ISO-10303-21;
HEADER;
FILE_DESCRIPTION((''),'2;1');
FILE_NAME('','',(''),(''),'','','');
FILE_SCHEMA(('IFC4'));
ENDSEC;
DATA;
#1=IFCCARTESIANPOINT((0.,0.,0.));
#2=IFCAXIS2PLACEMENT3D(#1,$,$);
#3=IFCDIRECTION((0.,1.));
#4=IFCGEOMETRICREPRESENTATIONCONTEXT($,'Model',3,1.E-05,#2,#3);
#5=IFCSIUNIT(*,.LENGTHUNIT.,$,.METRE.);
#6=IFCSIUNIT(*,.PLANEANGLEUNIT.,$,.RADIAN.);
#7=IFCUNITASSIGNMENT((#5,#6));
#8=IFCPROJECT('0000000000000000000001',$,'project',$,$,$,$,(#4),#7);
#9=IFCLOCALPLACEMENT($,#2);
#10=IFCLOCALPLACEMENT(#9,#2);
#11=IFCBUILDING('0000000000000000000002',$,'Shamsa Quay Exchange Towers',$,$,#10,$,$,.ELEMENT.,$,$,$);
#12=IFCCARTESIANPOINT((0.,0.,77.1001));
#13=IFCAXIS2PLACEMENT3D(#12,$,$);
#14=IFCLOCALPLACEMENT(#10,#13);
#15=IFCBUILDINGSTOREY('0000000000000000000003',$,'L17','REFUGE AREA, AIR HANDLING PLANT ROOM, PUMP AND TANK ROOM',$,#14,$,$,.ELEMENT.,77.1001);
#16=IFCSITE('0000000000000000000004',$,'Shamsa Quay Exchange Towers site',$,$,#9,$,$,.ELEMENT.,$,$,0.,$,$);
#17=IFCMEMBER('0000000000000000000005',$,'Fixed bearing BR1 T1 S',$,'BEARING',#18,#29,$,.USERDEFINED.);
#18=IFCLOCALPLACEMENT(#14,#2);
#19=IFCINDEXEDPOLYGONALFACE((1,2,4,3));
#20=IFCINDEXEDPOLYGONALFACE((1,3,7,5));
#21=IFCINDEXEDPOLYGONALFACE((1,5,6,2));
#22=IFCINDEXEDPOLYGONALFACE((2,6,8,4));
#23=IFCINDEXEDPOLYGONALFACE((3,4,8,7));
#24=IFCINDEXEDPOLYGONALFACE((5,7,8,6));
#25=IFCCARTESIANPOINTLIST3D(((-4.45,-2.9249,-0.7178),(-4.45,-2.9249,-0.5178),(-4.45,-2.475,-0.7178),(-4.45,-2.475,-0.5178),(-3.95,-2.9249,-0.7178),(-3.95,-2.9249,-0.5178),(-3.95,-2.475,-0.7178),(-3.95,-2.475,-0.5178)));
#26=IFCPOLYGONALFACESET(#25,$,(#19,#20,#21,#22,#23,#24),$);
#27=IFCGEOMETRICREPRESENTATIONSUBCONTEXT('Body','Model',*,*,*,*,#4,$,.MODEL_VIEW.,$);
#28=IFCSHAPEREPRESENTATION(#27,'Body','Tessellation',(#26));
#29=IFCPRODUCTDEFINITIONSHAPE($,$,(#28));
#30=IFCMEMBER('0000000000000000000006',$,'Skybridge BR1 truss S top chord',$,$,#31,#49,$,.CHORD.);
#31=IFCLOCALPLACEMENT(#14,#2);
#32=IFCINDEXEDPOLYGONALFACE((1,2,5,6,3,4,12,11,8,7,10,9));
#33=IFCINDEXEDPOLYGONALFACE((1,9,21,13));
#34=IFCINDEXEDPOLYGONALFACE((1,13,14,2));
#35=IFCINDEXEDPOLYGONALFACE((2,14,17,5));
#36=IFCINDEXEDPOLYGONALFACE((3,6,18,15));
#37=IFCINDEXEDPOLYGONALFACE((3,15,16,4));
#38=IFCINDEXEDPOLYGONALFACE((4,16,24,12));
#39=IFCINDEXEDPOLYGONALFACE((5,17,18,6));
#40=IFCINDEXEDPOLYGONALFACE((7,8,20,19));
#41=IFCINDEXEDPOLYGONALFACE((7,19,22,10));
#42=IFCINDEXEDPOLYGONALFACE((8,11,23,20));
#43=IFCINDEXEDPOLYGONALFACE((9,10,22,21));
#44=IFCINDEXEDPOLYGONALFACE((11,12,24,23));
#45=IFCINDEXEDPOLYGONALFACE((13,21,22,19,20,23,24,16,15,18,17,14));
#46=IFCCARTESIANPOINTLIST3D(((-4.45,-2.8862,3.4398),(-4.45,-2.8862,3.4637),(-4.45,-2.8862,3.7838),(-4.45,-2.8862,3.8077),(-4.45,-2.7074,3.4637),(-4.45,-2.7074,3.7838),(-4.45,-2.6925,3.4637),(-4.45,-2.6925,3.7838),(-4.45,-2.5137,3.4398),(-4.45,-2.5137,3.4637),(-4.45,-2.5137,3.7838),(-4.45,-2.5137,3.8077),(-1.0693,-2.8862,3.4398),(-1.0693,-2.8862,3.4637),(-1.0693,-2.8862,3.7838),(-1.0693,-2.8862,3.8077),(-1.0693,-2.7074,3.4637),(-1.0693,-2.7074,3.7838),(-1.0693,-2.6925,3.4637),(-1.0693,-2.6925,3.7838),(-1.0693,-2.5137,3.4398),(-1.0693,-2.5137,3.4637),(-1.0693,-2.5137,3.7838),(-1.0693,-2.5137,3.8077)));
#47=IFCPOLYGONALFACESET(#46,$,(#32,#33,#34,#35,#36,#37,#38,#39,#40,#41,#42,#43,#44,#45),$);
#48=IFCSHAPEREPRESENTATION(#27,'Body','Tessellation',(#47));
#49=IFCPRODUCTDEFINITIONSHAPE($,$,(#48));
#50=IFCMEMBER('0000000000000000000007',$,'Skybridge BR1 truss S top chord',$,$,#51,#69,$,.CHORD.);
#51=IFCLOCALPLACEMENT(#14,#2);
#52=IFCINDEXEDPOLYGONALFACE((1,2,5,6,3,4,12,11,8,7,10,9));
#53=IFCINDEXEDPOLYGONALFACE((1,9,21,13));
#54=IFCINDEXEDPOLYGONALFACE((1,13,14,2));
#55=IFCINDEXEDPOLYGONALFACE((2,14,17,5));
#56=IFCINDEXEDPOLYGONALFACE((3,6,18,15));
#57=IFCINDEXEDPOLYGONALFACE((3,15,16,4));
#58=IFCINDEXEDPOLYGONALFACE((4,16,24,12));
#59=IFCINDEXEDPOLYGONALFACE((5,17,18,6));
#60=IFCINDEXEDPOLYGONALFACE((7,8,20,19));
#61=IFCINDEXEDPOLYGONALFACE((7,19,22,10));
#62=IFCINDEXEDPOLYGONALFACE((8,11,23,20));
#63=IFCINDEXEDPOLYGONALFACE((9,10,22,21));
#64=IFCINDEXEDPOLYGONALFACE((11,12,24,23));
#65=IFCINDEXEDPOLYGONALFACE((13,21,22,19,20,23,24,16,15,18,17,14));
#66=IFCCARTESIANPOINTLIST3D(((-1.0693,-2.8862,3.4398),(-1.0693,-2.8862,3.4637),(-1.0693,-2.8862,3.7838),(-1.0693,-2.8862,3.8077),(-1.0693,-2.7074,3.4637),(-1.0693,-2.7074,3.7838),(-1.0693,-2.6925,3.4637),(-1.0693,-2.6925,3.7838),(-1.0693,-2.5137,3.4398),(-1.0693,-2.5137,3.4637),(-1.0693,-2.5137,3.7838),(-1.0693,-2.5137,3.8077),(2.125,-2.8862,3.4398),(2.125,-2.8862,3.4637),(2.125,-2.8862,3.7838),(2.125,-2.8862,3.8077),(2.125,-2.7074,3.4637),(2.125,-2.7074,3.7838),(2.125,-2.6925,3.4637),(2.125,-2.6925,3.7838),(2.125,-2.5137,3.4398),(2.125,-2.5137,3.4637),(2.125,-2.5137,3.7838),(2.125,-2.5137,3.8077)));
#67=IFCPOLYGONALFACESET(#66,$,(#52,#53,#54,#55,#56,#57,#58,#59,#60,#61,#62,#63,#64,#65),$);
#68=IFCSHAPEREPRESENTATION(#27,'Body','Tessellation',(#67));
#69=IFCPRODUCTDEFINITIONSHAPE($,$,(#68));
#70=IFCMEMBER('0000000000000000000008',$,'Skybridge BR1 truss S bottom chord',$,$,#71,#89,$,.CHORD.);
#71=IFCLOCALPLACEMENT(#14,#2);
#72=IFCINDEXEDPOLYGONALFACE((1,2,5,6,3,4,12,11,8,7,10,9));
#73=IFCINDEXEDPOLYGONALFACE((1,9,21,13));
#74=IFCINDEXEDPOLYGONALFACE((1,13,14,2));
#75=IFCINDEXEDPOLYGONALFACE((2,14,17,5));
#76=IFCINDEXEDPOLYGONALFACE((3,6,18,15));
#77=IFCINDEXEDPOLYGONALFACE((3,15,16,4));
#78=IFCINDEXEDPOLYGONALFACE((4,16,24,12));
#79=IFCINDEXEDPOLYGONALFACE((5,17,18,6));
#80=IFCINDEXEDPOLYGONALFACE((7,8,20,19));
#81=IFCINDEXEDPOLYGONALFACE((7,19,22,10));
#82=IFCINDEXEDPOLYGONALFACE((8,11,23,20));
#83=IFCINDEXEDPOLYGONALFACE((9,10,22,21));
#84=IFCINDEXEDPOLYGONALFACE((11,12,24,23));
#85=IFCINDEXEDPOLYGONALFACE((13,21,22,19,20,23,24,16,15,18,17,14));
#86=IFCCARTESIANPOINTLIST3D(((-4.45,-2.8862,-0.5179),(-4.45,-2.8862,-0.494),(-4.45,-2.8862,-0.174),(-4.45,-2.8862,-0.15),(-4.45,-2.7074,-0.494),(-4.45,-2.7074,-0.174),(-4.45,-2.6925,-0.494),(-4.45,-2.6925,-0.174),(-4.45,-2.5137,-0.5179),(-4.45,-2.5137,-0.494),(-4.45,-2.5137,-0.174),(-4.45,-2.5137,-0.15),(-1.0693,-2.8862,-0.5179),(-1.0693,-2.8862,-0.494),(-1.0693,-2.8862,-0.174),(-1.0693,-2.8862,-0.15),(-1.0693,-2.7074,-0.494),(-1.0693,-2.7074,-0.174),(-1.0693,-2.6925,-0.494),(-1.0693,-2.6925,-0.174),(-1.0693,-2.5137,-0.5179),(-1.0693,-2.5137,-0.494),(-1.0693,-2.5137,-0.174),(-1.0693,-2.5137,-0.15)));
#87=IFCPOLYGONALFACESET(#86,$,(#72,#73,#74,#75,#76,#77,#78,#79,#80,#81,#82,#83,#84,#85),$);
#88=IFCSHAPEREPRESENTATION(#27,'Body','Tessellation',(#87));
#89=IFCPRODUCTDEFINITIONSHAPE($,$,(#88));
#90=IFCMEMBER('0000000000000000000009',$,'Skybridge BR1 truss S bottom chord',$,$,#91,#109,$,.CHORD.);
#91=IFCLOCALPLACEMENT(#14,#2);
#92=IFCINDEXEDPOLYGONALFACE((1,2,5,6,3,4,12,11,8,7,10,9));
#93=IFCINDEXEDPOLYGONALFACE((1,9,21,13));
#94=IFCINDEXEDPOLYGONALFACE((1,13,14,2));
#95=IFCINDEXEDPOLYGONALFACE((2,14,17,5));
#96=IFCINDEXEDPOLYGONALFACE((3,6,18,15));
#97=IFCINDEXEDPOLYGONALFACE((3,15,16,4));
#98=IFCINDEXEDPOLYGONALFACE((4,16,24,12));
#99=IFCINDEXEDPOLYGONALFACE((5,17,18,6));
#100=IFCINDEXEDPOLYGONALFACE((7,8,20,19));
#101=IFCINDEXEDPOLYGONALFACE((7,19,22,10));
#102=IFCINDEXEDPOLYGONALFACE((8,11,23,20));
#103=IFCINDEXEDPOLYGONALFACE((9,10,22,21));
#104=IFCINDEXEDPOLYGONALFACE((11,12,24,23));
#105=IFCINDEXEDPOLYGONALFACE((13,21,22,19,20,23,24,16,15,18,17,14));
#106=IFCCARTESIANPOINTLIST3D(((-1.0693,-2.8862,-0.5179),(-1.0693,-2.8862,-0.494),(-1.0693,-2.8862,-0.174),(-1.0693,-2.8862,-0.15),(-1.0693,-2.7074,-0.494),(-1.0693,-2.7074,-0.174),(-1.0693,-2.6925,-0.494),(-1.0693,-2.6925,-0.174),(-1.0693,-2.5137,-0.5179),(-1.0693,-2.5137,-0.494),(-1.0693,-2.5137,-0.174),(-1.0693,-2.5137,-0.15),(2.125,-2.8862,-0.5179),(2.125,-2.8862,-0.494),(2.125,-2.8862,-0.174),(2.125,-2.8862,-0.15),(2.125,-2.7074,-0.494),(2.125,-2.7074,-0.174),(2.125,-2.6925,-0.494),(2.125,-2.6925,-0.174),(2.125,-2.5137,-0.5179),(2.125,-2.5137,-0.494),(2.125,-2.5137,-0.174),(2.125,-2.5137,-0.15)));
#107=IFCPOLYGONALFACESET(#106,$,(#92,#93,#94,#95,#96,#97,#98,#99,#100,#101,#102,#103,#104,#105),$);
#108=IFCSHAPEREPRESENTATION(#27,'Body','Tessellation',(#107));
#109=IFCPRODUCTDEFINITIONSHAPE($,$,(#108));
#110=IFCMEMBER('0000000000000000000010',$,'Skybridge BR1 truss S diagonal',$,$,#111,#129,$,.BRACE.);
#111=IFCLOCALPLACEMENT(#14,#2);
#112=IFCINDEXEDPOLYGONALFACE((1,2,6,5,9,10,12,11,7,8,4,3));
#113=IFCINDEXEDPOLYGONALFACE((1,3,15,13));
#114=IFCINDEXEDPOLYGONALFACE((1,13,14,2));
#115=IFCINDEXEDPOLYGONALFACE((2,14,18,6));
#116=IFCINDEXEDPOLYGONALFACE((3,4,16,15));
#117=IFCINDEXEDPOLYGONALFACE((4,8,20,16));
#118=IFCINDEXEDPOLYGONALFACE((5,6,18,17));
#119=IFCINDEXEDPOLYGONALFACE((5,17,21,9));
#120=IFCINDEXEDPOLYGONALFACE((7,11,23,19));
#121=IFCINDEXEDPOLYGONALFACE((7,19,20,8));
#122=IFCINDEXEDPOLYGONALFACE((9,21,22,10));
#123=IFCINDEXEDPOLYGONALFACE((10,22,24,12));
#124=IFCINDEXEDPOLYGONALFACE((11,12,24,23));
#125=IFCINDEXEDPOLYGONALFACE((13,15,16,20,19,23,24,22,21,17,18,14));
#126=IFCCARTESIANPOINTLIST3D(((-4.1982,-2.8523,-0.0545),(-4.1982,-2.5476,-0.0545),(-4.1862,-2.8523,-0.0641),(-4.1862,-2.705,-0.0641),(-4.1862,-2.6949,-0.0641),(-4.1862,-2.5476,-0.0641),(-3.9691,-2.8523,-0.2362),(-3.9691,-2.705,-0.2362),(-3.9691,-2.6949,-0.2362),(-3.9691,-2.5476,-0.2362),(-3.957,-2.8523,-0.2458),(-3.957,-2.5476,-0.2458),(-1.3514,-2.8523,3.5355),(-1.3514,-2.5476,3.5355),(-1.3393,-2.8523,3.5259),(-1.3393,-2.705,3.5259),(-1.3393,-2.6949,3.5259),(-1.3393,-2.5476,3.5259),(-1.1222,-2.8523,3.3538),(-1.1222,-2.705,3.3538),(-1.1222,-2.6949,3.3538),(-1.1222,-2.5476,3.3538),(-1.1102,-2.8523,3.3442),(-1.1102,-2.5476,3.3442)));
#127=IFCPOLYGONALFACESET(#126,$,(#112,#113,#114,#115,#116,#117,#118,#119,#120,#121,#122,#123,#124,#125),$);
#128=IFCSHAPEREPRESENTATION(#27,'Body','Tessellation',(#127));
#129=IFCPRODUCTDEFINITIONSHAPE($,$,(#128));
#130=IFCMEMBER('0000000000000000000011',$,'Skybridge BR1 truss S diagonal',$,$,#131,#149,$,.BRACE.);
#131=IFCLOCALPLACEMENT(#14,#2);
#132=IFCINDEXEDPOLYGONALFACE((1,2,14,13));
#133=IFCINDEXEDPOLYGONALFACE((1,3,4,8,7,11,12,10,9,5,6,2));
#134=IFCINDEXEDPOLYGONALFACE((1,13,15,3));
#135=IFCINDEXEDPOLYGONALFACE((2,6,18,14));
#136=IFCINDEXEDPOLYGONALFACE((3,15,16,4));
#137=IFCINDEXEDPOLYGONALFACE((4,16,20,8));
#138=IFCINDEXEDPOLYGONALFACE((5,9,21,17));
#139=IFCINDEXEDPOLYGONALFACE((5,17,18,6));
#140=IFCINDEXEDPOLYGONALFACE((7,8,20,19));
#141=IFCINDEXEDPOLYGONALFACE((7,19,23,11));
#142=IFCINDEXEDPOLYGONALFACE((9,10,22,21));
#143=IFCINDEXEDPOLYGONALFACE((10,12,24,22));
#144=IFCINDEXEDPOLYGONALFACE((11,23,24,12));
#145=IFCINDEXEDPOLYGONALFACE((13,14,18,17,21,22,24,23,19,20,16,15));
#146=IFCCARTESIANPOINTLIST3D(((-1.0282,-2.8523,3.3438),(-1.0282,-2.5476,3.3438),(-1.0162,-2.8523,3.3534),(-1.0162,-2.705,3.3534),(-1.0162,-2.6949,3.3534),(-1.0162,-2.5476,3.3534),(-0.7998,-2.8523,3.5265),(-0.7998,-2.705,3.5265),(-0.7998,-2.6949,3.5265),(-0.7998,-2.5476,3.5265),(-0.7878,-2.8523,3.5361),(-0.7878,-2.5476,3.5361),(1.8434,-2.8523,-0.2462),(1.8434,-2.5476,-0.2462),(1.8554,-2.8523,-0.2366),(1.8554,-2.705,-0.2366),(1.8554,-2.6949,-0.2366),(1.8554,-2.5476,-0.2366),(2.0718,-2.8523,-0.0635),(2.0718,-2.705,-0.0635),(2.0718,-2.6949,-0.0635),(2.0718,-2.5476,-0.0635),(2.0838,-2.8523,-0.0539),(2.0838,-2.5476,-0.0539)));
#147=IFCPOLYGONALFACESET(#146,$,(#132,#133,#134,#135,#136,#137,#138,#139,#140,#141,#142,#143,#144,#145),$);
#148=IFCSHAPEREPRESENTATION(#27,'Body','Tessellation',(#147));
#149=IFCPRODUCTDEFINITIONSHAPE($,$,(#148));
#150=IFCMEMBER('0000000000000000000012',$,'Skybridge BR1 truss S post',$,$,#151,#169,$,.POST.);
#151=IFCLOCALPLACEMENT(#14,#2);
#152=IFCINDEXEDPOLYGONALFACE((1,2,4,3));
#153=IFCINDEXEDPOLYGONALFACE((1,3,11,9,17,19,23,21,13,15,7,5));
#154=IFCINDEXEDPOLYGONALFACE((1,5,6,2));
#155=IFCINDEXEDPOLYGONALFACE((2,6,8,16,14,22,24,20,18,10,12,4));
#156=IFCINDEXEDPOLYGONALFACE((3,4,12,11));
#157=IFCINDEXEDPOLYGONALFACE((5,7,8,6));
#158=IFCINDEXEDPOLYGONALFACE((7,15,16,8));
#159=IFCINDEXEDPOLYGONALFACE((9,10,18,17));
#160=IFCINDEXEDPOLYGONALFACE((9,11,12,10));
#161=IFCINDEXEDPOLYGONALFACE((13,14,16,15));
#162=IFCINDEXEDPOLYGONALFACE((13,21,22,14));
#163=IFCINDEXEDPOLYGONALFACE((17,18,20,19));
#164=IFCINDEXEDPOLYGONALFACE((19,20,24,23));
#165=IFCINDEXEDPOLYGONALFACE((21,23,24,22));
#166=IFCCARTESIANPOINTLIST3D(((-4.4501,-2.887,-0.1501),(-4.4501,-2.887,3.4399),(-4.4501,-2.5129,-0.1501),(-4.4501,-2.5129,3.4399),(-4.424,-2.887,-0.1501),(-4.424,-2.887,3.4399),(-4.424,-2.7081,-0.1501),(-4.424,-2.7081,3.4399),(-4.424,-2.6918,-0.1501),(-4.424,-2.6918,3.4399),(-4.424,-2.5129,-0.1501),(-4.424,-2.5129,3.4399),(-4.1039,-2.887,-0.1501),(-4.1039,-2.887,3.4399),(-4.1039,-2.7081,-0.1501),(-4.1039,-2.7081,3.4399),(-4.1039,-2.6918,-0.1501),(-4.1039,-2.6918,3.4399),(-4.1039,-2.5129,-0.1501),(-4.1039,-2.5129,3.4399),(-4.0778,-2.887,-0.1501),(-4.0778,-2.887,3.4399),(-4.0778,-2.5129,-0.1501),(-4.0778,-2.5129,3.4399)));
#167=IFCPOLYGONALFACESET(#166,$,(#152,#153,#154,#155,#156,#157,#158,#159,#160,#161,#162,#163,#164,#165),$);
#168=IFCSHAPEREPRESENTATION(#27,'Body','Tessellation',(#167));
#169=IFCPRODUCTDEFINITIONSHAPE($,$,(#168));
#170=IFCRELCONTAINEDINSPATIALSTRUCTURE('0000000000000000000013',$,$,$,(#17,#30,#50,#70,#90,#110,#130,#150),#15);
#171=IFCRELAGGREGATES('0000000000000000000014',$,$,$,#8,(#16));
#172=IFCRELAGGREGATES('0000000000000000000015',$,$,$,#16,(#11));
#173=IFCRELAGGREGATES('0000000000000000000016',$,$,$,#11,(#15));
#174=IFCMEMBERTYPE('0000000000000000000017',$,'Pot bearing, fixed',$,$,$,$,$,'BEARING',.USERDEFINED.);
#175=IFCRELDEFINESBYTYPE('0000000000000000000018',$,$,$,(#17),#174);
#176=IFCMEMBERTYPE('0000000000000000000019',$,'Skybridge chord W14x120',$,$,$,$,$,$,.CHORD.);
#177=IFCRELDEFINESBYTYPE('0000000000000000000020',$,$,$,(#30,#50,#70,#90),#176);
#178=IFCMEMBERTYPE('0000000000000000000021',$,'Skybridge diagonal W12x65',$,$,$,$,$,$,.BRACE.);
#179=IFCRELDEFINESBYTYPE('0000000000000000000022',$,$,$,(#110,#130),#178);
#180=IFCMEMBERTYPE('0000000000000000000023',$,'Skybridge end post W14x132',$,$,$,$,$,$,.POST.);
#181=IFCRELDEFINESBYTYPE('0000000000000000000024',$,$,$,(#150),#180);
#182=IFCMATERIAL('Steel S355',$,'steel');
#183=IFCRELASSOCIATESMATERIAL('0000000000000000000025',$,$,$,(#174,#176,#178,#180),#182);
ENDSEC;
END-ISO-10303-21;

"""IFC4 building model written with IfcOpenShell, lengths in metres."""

from ifc_helpers import new_model, si_unit, direction, frame, origin, origin_2d, place, context, subcontext, project, spatial, rectangle, i_section, extrude, material, material_profile, profile_set, type_object, element, save


model = new_model("IFC4")

# Units and contexts
model_context = context("Model", 3, precision=1e-05, world=origin(), true_north=direction((0.0, 1.0)))
body_context = subcontext(model_context, "Body", "Model", "MODEL_VIEW")
ifc_project = project(units=[si_unit("LENGTHUNIT", "METRE"), si_unit("PLANEANGLEUNIT", "RADIAN")], contexts=[model_context])

# Site, building, storey
site_placement = place(None, origin())
site = spatial("IfcSite", under=ifc_project, at=site_placement, Name="Shamsa Quay Exchange Towers site", CompositionType="ELEMENT", RefElevation=0.0)
building_placement = place(site_placement, origin())
building = spatial("IfcBuilding", under=site, at=building_placement, Name="Shamsa Quay Exchange Towers", CompositionType="ELEMENT")
storey_placement = place(building_placement, frame((0.0, 0.0, 77.1001)))
storey = spatial("IfcBuildingStorey", under=building, at=storey_placement, Name="L17", Description="REFUGE AREA, AIR HANDLING PLANT ROOM, PUMP AND TANK ROOM", CompositionType="ELEMENT", Elevation=77.1001)

# Members
ifc_material_1 = material(Name="Steel S355", Category="steel")
ifc_material_profile_1 = material_profile(ifc_material_1, rectangle(XDim=0.5, YDim=0.2, at=origin_2d()), Name="500x200")
ifc_profile_set_1 = profile_set([ifc_material_profile_1], Name="Steel S355")
member_type_1 = type_object("IfcMemberType", Name="Pot bearing, fixed", ElementType="BEARING", PredefinedType="USERDEFINED", material=ifc_profile_set_1)
member_1_placement = place(storey_placement, frame((-4.2, -2.7, -0.7178)))
element("IfcMember", 1, at=member_1_placement, inside=storey, type_object=member_type_1, Name="Fixed bearing BR1 T1 S", ObjectType="BEARING", PredefinedType="USERDEFINED", context=body_context, shape_type="SweptSolid", body=[
    extrude(rectangle(XDim=0.5, YDim=0.45, at=origin_2d()), origin(), (0.0, 0.0, 1.0), 0.2),
])
ifc_material_profile_2 = material_profile(ifc_material_1, i_section(OverallWidth=0.3726, OverallDepth=0.3679, WebThickness=0.0149, FlangeThickness=0.0239, at=origin_2d()), Name="W14x120")
ifc_profile_set_2 = profile_set([ifc_material_profile_2], Name="Steel S355")
member_type_2 = type_object("IfcMemberType", Name="Skybridge chord W14x120", PredefinedType="CHORD", material=ifc_profile_set_2)
member_2_placement = place(storey_placement, frame((-4.45, -2.7, 3.6238), z_axis=(1.0, 0.0, 0.0), x_axis=(0.0, 1.0, 0.0)))
element("IfcMember", 2, at=member_2_placement, inside=storey, type_object=member_type_2, Name="Skybridge BR1 truss S top chord", PredefinedType="CHORD", context=body_context, shape_type="SweptSolid", body=[
    extrude(i_section(OverallWidth=0.3726, OverallDepth=0.3679, WebThickness=0.0149, FlangeThickness=0.0239, at=origin_2d()), origin(), (0.0, 0.0, 1.0), 3.3806),
])
member_3_placement = place(storey_placement, frame((-1.0693, -2.7, 3.6238), z_axis=(1.0, 0.0, 0.0), x_axis=(0.0, 1.0, 0.0)))
element("IfcMember", 3, at=member_3_placement, inside=storey, type_object=member_type_2, Name="Skybridge BR1 truss S top chord", PredefinedType="CHORD", context=body_context, shape_type="SweptSolid", body=[
    extrude(i_section(OverallWidth=0.3726, OverallDepth=0.3679, WebThickness=0.0149, FlangeThickness=0.0239, at=origin_2d()), origin(), (0.0, 0.0, 1.0), 3.1943),
])
member_4_placement = place(storey_placement, frame((-4.45, -2.7, -0.334), z_axis=(1.0, 0.0, 0.0), x_axis=(0.0, 1.0, 0.0)))
element("IfcMember", 4, at=member_4_placement, inside=storey, type_object=member_type_2, Name="Skybridge BR1 truss S bottom chord", PredefinedType="CHORD", context=body_context, shape_type="SweptSolid", body=[
    extrude(i_section(OverallWidth=0.3726, OverallDepth=0.3679, WebThickness=0.0149, FlangeThickness=0.0239, at=origin_2d()), origin(), (0.0, 0.0, 1.0), 3.3806),
])
member_5_placement = place(storey_placement, frame((-1.0693, -2.7, -0.334), z_axis=(1.0, 0.0, 0.0), x_axis=(0.0, 1.0, 0.0)))
element("IfcMember", 5, at=member_5_placement, inside=storey, type_object=member_type_2, Name="Skybridge BR1 truss S bottom chord", PredefinedType="CHORD", context=body_context, shape_type="SweptSolid", body=[
    extrude(i_section(OverallWidth=0.3726, OverallDepth=0.3679, WebThickness=0.0149, FlangeThickness=0.0239, at=origin_2d()), origin(), (0.0, 0.0, 1.0), 3.1943),
])
ifc_material_profile_3 = material_profile(ifc_material_1, i_section(OverallWidth=0.3047, OverallDepth=0.3079, WebThickness=0.01, FlangeThickness=0.0154, at=origin_2d()), Name="W12x65")
ifc_profile_set_3 = profile_set([ifc_material_profile_3], Name="Steel S355")
member_type_3 = type_object("IfcMemberType", Name="Skybridge diagonal W12x65", PredefinedType="BRACE", material=ifc_profile_set_3)
member_6_placement = place(storey_placement, frame((-4.0776, -2.7, -0.1501), z_axis=(0.621343, 0.0, 0.783539), x_axis=(0.0, 1.0, 0.0)))
element("IfcMember", 6, at=member_6_placement, inside=storey, type_object=member_type_3, Name="Skybridge BR1 truss S diagonal", PredefinedType="BRACE", context=body_context, shape_type="SweptSolid", body=[
    extrude(i_section(OverallWidth=0.3047, OverallDepth=0.3079, WebThickness=0.01, FlangeThickness=0.0154, at=origin_2d()), origin(), (0.0, 0.0, 1.0), 4.5818),
])
member_7_placement = place(storey_placement, frame((-0.908, -2.7, 3.4399), z_axis=(0.62463, 0.0, -0.780921), x_axis=(0.0, 1.0, 0.0)))
element("IfcMember", 7, at=member_7_placement, inside=storey, type_object=member_type_3, Name="Skybridge BR1 truss S diagonal", PredefinedType="BRACE", context=body_context, shape_type="SweptSolid", body=[
    extrude(i_section(OverallWidth=0.3047, OverallDepth=0.3079, WebThickness=0.01, FlangeThickness=0.0154, at=origin_2d()), origin(), (0.0, 0.0, 1.0), 4.5972),
])
ifc_material_profile_4 = material_profile(ifc_material_1, i_section(OverallWidth=0.374, OverallDepth=0.3723, WebThickness=0.0164, FlangeThickness=0.0261, at=origin_2d()), Name="W14x132")
ifc_profile_set_4 = profile_set([ifc_material_profile_4], Name="Steel S355")
member_type_4 = type_object("IfcMemberType", Name="Skybridge end post W14x132", PredefinedType="POST", material=ifc_profile_set_4)
member_8_placement = place(storey_placement, frame((-4.2639, -2.7, -0.1501), z_axis=(0.0, 0.0, 1.0), x_axis=(0.0, 1.0, 0.0)))
element("IfcMember", 8, at=member_8_placement, inside=storey, type_object=member_type_4, Name="Skybridge BR1 truss S post", PredefinedType="POST", context=body_context, shape_type="SweptSolid", body=[
    extrude(i_section(OverallWidth=0.374, OverallDepth=0.3723, WebThickness=0.0164, FlangeThickness=0.0261, at=origin_2d()), origin(), (0.0, 0.0, 1.0), 3.5901),
])

save(model, "model.ifc")
